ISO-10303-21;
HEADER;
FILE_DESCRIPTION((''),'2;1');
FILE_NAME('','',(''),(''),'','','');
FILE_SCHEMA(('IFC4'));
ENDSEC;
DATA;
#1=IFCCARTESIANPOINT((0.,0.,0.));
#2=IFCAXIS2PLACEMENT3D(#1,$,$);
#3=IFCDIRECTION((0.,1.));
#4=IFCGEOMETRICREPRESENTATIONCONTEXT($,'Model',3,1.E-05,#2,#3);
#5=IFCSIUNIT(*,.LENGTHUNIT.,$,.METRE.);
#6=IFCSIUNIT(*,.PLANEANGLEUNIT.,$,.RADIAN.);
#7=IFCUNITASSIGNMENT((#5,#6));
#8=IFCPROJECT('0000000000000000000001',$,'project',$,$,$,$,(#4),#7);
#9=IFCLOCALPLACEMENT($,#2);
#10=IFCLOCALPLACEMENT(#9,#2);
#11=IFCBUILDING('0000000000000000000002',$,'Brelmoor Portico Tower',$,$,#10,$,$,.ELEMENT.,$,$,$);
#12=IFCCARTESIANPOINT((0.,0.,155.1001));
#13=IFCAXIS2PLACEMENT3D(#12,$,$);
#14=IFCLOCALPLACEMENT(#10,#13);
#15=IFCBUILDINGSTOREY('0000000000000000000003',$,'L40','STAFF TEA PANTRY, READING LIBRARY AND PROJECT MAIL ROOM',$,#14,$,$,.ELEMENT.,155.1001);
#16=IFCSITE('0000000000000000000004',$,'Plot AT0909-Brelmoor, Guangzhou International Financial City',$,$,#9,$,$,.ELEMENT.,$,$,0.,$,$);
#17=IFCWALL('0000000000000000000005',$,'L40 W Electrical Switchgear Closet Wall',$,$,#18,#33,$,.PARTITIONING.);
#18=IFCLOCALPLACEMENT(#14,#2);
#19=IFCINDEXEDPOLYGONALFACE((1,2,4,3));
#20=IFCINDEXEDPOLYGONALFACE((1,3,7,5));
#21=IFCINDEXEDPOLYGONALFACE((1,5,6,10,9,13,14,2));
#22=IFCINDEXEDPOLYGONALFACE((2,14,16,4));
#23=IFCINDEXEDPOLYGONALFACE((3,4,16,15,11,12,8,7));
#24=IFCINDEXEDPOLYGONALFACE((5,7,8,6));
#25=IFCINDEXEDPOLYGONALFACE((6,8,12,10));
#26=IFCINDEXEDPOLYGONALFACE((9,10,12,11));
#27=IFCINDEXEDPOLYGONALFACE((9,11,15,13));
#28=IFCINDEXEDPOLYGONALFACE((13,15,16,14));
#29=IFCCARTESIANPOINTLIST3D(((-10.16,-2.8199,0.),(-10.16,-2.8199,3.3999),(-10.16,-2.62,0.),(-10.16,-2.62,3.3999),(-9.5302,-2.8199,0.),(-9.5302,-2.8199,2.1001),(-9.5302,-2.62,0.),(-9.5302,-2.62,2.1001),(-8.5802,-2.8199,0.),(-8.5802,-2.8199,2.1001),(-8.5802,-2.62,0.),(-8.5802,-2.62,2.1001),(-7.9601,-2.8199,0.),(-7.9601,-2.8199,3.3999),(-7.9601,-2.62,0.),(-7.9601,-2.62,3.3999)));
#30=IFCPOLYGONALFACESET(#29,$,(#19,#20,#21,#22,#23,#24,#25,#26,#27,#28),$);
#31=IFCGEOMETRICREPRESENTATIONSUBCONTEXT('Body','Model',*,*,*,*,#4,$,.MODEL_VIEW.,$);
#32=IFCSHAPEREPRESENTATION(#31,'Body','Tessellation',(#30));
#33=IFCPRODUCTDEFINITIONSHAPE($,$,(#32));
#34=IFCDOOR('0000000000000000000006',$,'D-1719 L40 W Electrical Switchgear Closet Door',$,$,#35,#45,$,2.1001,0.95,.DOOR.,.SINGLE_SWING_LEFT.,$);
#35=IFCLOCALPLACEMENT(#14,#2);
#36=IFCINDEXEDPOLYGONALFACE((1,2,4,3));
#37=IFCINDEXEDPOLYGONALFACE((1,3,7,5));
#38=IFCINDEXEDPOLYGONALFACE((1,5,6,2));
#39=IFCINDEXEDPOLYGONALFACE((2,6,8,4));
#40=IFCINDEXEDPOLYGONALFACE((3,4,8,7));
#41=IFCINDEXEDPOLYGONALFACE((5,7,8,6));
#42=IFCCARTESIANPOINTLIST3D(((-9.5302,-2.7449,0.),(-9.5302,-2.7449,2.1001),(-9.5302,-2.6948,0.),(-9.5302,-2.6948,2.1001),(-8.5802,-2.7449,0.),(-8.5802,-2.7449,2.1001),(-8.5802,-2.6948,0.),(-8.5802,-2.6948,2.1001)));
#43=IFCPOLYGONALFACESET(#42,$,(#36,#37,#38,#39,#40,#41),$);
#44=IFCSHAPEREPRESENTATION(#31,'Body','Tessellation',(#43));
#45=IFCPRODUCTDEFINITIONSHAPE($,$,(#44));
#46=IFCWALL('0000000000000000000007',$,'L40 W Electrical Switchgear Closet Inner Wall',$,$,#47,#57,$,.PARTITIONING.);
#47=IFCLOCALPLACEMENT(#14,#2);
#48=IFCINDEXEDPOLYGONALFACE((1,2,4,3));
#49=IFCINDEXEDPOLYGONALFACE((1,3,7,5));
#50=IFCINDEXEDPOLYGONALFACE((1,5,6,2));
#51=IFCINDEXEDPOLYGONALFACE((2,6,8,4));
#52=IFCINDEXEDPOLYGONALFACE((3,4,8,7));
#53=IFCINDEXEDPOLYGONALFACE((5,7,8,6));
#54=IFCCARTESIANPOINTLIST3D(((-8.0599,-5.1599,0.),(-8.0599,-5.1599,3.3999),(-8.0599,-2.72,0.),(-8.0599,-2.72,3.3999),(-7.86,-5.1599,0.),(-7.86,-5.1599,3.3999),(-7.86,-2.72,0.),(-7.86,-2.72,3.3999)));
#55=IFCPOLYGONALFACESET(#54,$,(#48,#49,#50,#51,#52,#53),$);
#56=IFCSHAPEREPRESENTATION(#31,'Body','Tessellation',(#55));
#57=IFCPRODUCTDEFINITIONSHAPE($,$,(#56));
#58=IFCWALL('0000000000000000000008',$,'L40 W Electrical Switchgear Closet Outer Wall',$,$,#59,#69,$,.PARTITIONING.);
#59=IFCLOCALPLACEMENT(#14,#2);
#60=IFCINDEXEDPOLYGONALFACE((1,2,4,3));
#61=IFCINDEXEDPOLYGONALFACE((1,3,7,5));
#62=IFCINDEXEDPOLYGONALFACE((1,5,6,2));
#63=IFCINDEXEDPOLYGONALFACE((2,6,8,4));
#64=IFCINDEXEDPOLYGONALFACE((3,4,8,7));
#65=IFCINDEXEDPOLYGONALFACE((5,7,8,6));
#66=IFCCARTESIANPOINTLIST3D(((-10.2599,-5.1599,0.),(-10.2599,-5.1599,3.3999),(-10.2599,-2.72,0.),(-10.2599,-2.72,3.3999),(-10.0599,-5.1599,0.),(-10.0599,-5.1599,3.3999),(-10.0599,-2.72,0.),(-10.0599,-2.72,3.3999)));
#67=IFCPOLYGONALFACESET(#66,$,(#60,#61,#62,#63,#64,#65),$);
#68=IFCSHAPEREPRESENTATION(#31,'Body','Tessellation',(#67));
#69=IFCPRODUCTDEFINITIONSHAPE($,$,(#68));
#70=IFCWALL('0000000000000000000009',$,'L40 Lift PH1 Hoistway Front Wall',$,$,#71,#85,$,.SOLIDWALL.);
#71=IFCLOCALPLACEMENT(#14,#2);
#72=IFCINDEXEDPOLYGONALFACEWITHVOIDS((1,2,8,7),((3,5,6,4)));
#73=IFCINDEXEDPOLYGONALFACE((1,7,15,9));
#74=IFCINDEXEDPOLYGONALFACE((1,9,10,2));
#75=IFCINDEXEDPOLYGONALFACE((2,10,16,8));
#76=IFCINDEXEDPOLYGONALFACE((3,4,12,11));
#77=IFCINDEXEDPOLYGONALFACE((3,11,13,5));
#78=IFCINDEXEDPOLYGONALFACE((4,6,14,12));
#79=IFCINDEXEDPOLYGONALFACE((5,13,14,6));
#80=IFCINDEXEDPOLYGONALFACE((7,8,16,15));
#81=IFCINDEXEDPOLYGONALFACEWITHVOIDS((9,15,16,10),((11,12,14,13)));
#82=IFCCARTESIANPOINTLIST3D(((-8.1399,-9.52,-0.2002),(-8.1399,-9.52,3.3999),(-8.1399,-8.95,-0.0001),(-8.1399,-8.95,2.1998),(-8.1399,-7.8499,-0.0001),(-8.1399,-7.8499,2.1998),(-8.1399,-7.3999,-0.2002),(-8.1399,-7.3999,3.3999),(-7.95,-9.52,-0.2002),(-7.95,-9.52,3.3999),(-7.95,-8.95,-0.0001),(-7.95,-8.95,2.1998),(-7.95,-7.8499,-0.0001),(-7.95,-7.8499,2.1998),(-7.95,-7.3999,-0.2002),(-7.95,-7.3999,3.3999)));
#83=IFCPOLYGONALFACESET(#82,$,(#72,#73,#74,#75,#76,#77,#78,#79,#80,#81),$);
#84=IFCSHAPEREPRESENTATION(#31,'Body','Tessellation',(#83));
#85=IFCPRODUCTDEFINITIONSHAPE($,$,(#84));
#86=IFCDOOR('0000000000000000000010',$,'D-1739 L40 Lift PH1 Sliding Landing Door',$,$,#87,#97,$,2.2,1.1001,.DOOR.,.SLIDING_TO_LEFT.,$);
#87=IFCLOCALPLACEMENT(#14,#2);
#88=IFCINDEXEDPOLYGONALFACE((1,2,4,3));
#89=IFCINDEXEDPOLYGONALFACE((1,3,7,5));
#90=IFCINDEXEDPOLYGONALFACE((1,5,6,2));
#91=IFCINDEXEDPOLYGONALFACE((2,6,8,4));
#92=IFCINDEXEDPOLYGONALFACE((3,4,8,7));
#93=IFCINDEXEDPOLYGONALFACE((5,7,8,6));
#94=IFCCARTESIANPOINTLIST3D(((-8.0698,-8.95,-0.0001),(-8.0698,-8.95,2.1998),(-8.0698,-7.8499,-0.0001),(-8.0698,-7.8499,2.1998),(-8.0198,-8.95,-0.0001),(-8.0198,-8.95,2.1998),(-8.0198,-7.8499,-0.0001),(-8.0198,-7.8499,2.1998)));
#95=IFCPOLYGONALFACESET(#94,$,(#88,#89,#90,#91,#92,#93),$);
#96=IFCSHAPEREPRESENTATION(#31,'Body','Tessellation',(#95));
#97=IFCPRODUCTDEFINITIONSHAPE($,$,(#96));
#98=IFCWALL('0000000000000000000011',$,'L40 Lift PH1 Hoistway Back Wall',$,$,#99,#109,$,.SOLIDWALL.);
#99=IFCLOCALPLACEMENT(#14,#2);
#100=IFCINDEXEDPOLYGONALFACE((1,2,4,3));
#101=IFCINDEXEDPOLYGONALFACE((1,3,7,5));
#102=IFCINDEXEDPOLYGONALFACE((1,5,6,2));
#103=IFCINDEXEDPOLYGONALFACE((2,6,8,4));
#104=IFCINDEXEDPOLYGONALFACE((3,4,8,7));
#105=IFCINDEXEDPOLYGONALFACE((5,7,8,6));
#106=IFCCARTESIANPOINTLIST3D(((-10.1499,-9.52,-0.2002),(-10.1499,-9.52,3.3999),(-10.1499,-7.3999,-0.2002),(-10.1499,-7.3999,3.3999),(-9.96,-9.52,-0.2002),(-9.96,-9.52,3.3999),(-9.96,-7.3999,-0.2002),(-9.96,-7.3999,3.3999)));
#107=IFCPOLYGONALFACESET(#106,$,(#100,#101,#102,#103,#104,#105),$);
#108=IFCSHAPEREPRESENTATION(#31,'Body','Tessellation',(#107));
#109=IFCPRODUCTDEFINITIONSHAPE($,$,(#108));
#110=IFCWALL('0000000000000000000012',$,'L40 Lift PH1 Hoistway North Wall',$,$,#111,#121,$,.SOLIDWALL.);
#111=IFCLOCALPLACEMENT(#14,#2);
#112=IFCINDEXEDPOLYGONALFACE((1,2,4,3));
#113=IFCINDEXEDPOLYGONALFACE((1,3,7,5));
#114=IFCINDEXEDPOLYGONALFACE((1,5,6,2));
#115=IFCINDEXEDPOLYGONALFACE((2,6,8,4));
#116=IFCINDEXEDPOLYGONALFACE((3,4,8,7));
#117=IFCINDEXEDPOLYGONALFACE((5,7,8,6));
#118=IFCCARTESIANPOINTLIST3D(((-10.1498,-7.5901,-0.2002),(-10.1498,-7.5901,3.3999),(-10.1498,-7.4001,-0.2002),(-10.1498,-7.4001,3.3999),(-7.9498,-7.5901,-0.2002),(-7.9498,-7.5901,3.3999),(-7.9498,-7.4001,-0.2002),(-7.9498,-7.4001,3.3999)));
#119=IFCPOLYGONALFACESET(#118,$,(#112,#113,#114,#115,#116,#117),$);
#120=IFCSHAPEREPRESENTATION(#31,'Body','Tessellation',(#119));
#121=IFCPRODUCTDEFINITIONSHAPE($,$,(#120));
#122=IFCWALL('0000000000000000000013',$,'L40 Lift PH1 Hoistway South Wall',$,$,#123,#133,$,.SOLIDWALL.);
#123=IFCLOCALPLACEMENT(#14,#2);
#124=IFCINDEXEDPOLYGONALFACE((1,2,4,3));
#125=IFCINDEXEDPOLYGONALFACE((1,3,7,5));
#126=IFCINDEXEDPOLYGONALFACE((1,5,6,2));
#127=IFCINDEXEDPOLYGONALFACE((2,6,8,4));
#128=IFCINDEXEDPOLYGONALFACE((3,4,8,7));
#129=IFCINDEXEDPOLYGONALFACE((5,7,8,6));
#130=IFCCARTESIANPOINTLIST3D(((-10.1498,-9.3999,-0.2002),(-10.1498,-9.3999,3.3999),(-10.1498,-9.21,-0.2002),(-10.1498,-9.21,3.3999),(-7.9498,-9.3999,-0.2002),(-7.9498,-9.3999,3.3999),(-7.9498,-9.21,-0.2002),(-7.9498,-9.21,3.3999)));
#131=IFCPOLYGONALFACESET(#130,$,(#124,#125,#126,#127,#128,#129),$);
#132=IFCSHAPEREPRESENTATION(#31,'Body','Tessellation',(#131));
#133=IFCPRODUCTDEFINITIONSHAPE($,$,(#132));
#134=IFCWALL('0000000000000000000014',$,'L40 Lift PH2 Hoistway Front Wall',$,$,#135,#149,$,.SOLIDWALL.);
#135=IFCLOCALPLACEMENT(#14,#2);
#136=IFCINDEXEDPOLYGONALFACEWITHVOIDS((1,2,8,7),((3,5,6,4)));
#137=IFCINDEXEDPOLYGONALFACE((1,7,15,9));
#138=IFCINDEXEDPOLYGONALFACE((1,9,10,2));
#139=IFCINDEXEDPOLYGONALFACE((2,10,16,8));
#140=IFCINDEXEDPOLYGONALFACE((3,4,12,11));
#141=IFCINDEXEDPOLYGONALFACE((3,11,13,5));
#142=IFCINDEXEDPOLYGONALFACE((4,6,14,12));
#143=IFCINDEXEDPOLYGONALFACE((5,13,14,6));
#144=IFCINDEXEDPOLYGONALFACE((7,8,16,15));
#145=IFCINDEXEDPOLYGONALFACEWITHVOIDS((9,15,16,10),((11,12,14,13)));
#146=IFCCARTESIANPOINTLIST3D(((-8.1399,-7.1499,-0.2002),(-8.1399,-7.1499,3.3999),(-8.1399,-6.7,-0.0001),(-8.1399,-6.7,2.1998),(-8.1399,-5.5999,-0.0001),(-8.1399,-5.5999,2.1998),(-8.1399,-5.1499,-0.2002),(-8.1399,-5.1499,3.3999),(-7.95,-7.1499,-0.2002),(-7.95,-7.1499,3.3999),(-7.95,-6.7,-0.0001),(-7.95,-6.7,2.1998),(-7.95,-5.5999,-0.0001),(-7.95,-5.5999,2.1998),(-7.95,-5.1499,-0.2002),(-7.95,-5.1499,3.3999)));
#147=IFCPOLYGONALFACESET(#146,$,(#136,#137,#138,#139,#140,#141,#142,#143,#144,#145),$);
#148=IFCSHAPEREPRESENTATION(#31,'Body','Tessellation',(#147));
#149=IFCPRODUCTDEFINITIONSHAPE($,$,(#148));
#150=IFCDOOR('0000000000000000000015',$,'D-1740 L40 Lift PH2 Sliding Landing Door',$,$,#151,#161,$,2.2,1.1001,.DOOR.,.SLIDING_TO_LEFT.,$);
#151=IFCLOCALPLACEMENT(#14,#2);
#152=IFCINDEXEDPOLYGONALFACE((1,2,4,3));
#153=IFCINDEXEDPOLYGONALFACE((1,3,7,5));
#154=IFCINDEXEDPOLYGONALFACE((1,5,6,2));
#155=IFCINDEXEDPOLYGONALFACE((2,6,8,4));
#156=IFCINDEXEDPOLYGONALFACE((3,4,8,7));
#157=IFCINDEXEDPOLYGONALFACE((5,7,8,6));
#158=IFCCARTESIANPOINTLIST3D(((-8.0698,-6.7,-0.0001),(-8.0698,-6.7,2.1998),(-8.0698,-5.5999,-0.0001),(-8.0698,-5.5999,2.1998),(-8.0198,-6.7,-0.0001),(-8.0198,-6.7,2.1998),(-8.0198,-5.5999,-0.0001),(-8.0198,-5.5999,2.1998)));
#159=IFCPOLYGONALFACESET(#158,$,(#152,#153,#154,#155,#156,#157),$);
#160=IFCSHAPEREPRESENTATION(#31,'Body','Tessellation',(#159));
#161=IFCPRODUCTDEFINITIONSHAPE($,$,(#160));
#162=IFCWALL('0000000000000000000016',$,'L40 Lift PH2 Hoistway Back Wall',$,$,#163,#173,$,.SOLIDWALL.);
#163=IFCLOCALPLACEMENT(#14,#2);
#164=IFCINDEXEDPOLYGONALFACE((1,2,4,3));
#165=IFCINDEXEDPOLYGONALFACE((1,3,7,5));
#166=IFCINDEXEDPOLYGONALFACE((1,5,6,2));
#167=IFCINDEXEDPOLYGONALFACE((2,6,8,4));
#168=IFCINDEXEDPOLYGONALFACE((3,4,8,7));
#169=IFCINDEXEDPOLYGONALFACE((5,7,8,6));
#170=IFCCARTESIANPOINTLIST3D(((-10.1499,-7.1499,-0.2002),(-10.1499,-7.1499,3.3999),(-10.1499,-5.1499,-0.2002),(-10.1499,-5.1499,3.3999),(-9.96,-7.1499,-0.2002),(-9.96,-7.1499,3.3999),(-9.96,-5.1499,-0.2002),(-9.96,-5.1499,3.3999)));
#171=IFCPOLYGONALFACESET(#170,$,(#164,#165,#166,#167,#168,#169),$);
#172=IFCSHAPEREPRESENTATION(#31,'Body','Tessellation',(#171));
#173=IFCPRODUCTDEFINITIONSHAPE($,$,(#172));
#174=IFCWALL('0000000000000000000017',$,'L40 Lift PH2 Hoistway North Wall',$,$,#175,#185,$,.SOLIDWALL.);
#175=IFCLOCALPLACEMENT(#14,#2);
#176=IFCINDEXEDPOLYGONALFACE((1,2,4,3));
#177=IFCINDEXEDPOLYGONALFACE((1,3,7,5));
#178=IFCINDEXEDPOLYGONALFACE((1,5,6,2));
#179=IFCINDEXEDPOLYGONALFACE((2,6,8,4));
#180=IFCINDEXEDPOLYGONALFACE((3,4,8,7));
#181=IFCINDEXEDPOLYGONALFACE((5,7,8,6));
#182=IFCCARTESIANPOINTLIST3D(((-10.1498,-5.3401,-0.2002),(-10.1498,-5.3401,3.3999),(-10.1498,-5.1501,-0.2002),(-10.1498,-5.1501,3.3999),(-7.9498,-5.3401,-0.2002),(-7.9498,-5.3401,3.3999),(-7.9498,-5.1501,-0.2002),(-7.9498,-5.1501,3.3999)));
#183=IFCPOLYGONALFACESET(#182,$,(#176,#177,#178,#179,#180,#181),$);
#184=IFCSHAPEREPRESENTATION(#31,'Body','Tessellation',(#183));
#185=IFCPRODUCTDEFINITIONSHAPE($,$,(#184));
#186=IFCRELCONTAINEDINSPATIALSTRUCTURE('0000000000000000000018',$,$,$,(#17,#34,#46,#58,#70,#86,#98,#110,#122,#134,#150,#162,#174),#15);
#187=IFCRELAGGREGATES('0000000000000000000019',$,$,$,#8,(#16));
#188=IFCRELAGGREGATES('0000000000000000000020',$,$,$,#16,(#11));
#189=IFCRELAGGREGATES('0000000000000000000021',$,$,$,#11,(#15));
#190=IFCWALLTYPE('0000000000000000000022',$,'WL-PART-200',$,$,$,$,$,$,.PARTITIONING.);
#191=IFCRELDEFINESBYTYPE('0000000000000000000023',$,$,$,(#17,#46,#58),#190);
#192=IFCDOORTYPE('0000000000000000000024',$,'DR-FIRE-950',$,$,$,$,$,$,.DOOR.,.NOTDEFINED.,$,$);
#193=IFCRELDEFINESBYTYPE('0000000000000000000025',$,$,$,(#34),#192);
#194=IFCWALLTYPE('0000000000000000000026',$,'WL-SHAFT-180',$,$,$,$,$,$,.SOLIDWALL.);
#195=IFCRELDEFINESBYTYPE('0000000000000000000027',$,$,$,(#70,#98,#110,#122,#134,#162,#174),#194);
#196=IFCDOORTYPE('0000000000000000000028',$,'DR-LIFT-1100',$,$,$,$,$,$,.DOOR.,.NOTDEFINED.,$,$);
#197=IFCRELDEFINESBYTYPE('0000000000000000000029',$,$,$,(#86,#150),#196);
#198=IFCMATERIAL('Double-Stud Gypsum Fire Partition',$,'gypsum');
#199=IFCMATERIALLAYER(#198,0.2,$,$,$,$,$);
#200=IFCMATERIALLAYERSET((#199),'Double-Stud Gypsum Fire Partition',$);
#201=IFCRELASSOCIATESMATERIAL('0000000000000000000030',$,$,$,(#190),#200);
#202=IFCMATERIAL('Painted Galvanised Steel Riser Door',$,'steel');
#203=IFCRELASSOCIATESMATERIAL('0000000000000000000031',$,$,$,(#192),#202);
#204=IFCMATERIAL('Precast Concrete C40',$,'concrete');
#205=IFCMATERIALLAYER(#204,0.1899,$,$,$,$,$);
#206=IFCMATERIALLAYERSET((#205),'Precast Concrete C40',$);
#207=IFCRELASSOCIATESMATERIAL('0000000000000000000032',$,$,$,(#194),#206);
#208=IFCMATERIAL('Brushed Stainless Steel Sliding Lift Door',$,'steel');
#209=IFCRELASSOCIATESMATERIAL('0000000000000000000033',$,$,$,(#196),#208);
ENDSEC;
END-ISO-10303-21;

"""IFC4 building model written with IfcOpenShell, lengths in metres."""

from ifc_helpers import new_model, si_unit, direction, frame, frame_2d, origin, place, context, subcontext, project, spatial, rectangle, extrude, material, layer, layer_set, type_object, element, fill, save


model = new_model("IFC4")

# Units and contexts
model_context = context("Model", 3, precision=1e-05, world=origin(), true_north=direction((0.0, 1.0)))
body_context = subcontext(model_context, "Body", "Model", "MODEL_VIEW")
ifc_project = project(units=[si_unit("LENGTHUNIT", "METRE"), si_unit("PLANEANGLEUNIT", "RADIAN")], contexts=[model_context])

# Site, building, storey
site_placement = place(None, origin())
site = spatial("IfcSite", under=ifc_project, at=site_placement, Name="Plot AT0909-Brelmoor, Guangzhou International Financial City", CompositionType="ELEMENT", RefElevation=0.0)
building_placement = place(site_placement, origin())
building = spatial("IfcBuilding", under=site, at=building_placement, Name="Brelmoor Portico Tower", CompositionType="ELEMENT")
storey_placement = place(building_placement, frame((0.0, 0.0, 155.1001)))
storey = spatial("IfcBuildingStorey", under=building, at=storey_placement, Name="L40", Description="STAFF TEA PANTRY, READING LIBRARY AND PROJECT MAIL ROOM", CompositionType="ELEMENT", Elevation=155.1001)

# Shared definitions
ifc_material_1 = material(Name="Double-Stud Gypsum Fire Partition", Category="gypsum")
ifc_layer_1 = layer(ifc_material_1, 0.2)
ifc_layer_set_1 = layer_set([ifc_layer_1], Name="Double-Stud Gypsum Fire Partition")
wall_type_1 = type_object("IfcWallType", Name="WL-PART-200", PredefinedType="PARTITIONING", material=ifc_layer_set_1)

# Wall, opening, door
wall_1_placement = place(storey_placement, frame((-7.96, -2.72, 0.0), z_axis=(0.0, 0.0, 1.0), x_axis=(-1.0, 0.0, 0.0)))
wall_1 = element("IfcWall", 1, at=wall_1_placement, inside=storey, type_object=wall_type_1, Name="L40 W Electrical Switchgear Closet Wall", PredefinedType="PARTITIONING", context=body_context, shape_type="SweptSolid", body=[
    extrude(rectangle(XDim=2.2, YDim=0.2, at=frame_2d((1.1001, 0.0))), origin(), (0.0, 0.0, 1.0), 3.3999),
])
opening_1_placement = place(wall_1_placement, frame((0.6201, 0.0, 0.0)))
opening_1 = element("IfcOpeningElement", 2, at=opening_1_placement, cuts=wall_1, PredefinedType="OPENING", context=body_context, shape_type="SweptSolid", body=[
    extrude(rectangle(XDim=0.95, YDim=2.1001, at=frame_2d((0.4751, 1.05))), frame((0.0, 0.1099, 0.0), z_axis=(0.0, -1.0, 0.0), x_axis=(1.0, 0.0, 0.0)), (0.0, 0.0, 1.0), 0.22),
])
ifc_material_2 = material(Name="Painted Galvanised Steel Riser Door", Category="steel")
door_type_1 = type_object("IfcDoorType", Name="DR-FIRE-950", OperationType="NOTDEFINED", PredefinedType="DOOR", material=ifc_material_2)
door_1_placement = place(opening_1_placement, origin())
door_1 = element("IfcDoor", 3, at=door_1_placement, inside=storey, type_object=door_type_1, Name="D-1719 L40 W Electrical Switchgear Closet Door", OperationType="SINGLE_SWING_LEFT", OverallHeight=2.1001, OverallWidth=0.95, PredefinedType="DOOR", context=body_context, shape_type="SweptSolid", body=[
    extrude(rectangle(XDim=0.95, YDim=2.1001, at=frame_2d((0.4751, 1.05))), frame((0.0, 0.0249, 0.0), z_axis=(0.0, -1.0, 0.0), x_axis=(1.0, 0.0, 0.0)), (0.0, 0.0, 1.0), 0.05),
])
fill(opening_1, door_1)

# Walls
for number, where, z_axis, x_axis, name in (
    (4, (-7.96, -5.1599, 0.0), (0.0, 0.0, 1.0), (0.0, 1.0, 0.0), "L40 W Electrical Switchgear Closet Inner Wall"),
    (5, (-10.1599, -5.1599, 0.0), (0.0, 0.0, 1.0), (0.0, 1.0, 0.0), "L40 W Electrical Switchgear Closet Outer Wall"),
):
    element("IfcWall", number, at=place(storey_placement, frame(where, z_axis=z_axis, x_axis=x_axis)), inside=storey, type_object=wall_type_1, Name=name, PredefinedType="PARTITIONING", context=body_context, shape_type="SweptSolid", body=[
        extrude(rectangle(XDim=2.4399, YDim=0.2, at=frame_2d((1.22, 0.0))), origin(), (0.0, 0.0, 1.0), 3.3999),
    ])

# Wall, opening, door
ifc_material_3 = material(Name="Precast Concrete C40", Category="concrete")
ifc_layer_2 = layer(ifc_material_3, 0.1899)
ifc_layer_set_2 = layer_set([ifc_layer_2], Name="Precast Concrete C40")
wall_type_2 = type_object("IfcWallType", Name="WL-SHAFT-180", PredefinedType="SOLIDWALL", material=ifc_layer_set_2)
wall_2_placement = place(storey_placement, frame((-8.0449, -9.52, -0.2002), z_axis=(0.0, 0.0, 1.0), x_axis=(0.0, 1.0, 0.0)))
wall_2 = element("IfcWall", 6, at=wall_2_placement, inside=storey, type_object=wall_type_2, Name="L40 Lift PH1 Hoistway Front Wall", PredefinedType="SOLIDWALL", context=body_context, shape_type="SweptSolid", body=[
    extrude(rectangle(XDim=2.1201, YDim=0.1899, at=frame_2d((1.0601, 0.0))), origin(), (0.0, 0.0, 1.0), 3.6001),
])
opening_2_placement = place(wall_2_placement, frame((0.5701, 0.0, 0.2)))
opening_2 = element("IfcOpeningElement", 7, at=opening_2_placement, cuts=wall_2, PredefinedType="OPENING", context=body_context, shape_type="SweptSolid", body=[
    extrude(rectangle(XDim=1.1001, YDim=2.2, at=frame_2d((0.55, 1.1001))), frame((0.0, 0.105, 0.0), z_axis=(0.0, -1.0, 0.0), x_axis=(1.0, 0.0, 0.0)), (0.0, 0.0, 1.0), 0.21),
])
ifc_material_4 = material(Name="Brushed Stainless Steel Sliding Lift Door", Category="steel")
door_type_2 = type_object("IfcDoorType", Name="DR-LIFT-1100", OperationType="NOTDEFINED", PredefinedType="DOOR", material=ifc_material_4)
door_2_placement = place(opening_2_placement, origin())
door_2 = element("IfcDoor", 8, at=door_2_placement, inside=storey, type_object=door_type_2, Name="D-1739 L40 Lift PH1 Sliding Landing Door", OperationType="SLIDING_TO_LEFT", OverallHeight=2.2, OverallWidth=1.1001, PredefinedType="DOOR", context=body_context, shape_type="SweptSolid", body=[
    extrude(rectangle(XDim=1.1001, YDim=2.2, at=frame_2d((0.55, 1.1001))), frame((0.0, 0.0249, 0.0), z_axis=(0.0, -1.0, 0.0), x_axis=(1.0, 0.0, 0.0)), (0.0, 0.0, 1.0), 0.05),
])
fill(opening_2, door_2)

# Walls
wall_3_placement = place(storey_placement, frame((-10.0549, -9.52, -0.2002), z_axis=(0.0, 0.0, 1.0), x_axis=(0.0, 1.0, 0.0)))
element("IfcWall", 9, at=wall_3_placement, inside=storey, type_object=wall_type_2, Name="L40 Lift PH1 Hoistway Back Wall", PredefinedType="SOLIDWALL", context=body_context, shape_type="SweptSolid", body=[
    extrude(rectangle(XDim=2.1201, YDim=0.1899, at=frame_2d((1.0601, 0.0))), origin(), (0.0, 0.0, 1.0), 3.6001),
])
for number, where, z_axis, x_axis, name in (
    (10, (-10.1499, -7.4951, -0.2002), (0.0, 0.0, 1.0), (1.0, 0.0, 0.0), "L40 Lift PH1 Hoistway North Wall"),
    (11, (-10.1499, -9.3049, -0.2002), (0.0, 0.0, 1.0), (1.0, 0.0, 0.0), "L40 Lift PH1 Hoistway South Wall"),
):
    element("IfcWall", number, at=place(storey_placement, frame(where, z_axis=z_axis, x_axis=x_axis)), inside=storey, type_object=wall_type_2, Name=name, PredefinedType="SOLIDWALL", context=body_context, shape_type="SweptSolid", body=[
        extrude(rectangle(XDim=2.2, YDim=0.1899, at=frame_2d((1.1001, 0.0))), origin(), (0.0, 0.0, 1.0), 3.6001),
    ])

# Wall, opening, door
wall_4_placement = place(storey_placement, frame((-8.0449, -7.1499, -0.2002), z_axis=(0.0, 0.0, 1.0), x_axis=(0.0, 1.0, 0.0)))
wall_4 = element("IfcWall", 12, at=wall_4_placement, inside=storey, type_object=wall_type_2, Name="L40 Lift PH2 Hoistway Front Wall", PredefinedType="SOLIDWALL", context=body_context, shape_type="SweptSolid", body=[
    extrude(rectangle(XDim=2.0, YDim=0.1899, at=frame_2d((1.0, 0.0))), origin(), (0.0, 0.0, 1.0), 3.6001),
])
opening_3_placement = place(wall_4_placement, frame((0.45, 0.0, 0.2)))
opening_3 = element("IfcOpeningElement", 13, at=opening_3_placement, cuts=wall_4, PredefinedType="OPENING", context=body_context, shape_type="SweptSolid", body=[
    extrude(rectangle(XDim=1.1001, YDim=2.2, at=frame_2d((0.55, 1.1001))), frame((0.0, 0.105, 0.0), z_axis=(0.0, -1.0, 0.0), x_axis=(1.0, 0.0, 0.0)), (0.0, 0.0, 1.0), 0.21),
])
door_3_placement = place(opening_3_placement, origin())
door_3 = element("IfcDoor", 14, at=door_3_placement, inside=storey, type_object=door_type_2, Name="D-1740 L40 Lift PH2 Sliding Landing Door", OperationType="SLIDING_TO_LEFT", OverallHeight=2.2, OverallWidth=1.1001, PredefinedType="DOOR", context=body_context, shape_type="SweptSolid", body=[
    extrude(rectangle(XDim=1.1001, YDim=2.2, at=frame_2d((0.55, 1.1001))), frame((0.0, 0.0249, 0.0), z_axis=(0.0, -1.0, 0.0), x_axis=(1.0, 0.0, 0.0)), (0.0, 0.0, 1.0), 0.05),
])
fill(opening_3, door_3)

# Walls
wall_5_placement = place(storey_placement, frame((-10.0549, -7.1499, -0.2002), z_axis=(0.0, 0.0, 1.0), x_axis=(0.0, 1.0, 0.0)))
element("IfcWall", 15, at=wall_5_placement, inside=storey, type_object=wall_type_2, Name="L40 Lift PH2 Hoistway Back Wall", PredefinedType="SOLIDWALL", context=body_context, shape_type="SweptSolid", body=[
    extrude(rectangle(XDim=2.0, YDim=0.1899, at=frame_2d((1.0, 0.0))), origin(), (0.0, 0.0, 1.0), 3.6001),
])
for number, where, z_axis, x_axis, name in (
    (16, (-10.1499, -5.2451, -0.2002), (0.0, 0.0, 1.0), (1.0, 0.0, 0.0), "L40 Lift PH2 Hoistway North Wall"),
):
    element("IfcWall", number, at=place(storey_placement, frame(where, z_axis=z_axis, x_axis=x_axis)), inside=storey, type_object=wall_type_2, Name=name, PredefinedType="SOLIDWALL", context=body_context, shape_type="SweptSolid", body=[
        extrude(rectangle(XDim=2.2, YDim=0.1899, at=frame_2d((1.1001, 0.0))), origin(), (0.0, 0.0, 1.0), 3.6001),
    ])

save(model, "model.ifc")
